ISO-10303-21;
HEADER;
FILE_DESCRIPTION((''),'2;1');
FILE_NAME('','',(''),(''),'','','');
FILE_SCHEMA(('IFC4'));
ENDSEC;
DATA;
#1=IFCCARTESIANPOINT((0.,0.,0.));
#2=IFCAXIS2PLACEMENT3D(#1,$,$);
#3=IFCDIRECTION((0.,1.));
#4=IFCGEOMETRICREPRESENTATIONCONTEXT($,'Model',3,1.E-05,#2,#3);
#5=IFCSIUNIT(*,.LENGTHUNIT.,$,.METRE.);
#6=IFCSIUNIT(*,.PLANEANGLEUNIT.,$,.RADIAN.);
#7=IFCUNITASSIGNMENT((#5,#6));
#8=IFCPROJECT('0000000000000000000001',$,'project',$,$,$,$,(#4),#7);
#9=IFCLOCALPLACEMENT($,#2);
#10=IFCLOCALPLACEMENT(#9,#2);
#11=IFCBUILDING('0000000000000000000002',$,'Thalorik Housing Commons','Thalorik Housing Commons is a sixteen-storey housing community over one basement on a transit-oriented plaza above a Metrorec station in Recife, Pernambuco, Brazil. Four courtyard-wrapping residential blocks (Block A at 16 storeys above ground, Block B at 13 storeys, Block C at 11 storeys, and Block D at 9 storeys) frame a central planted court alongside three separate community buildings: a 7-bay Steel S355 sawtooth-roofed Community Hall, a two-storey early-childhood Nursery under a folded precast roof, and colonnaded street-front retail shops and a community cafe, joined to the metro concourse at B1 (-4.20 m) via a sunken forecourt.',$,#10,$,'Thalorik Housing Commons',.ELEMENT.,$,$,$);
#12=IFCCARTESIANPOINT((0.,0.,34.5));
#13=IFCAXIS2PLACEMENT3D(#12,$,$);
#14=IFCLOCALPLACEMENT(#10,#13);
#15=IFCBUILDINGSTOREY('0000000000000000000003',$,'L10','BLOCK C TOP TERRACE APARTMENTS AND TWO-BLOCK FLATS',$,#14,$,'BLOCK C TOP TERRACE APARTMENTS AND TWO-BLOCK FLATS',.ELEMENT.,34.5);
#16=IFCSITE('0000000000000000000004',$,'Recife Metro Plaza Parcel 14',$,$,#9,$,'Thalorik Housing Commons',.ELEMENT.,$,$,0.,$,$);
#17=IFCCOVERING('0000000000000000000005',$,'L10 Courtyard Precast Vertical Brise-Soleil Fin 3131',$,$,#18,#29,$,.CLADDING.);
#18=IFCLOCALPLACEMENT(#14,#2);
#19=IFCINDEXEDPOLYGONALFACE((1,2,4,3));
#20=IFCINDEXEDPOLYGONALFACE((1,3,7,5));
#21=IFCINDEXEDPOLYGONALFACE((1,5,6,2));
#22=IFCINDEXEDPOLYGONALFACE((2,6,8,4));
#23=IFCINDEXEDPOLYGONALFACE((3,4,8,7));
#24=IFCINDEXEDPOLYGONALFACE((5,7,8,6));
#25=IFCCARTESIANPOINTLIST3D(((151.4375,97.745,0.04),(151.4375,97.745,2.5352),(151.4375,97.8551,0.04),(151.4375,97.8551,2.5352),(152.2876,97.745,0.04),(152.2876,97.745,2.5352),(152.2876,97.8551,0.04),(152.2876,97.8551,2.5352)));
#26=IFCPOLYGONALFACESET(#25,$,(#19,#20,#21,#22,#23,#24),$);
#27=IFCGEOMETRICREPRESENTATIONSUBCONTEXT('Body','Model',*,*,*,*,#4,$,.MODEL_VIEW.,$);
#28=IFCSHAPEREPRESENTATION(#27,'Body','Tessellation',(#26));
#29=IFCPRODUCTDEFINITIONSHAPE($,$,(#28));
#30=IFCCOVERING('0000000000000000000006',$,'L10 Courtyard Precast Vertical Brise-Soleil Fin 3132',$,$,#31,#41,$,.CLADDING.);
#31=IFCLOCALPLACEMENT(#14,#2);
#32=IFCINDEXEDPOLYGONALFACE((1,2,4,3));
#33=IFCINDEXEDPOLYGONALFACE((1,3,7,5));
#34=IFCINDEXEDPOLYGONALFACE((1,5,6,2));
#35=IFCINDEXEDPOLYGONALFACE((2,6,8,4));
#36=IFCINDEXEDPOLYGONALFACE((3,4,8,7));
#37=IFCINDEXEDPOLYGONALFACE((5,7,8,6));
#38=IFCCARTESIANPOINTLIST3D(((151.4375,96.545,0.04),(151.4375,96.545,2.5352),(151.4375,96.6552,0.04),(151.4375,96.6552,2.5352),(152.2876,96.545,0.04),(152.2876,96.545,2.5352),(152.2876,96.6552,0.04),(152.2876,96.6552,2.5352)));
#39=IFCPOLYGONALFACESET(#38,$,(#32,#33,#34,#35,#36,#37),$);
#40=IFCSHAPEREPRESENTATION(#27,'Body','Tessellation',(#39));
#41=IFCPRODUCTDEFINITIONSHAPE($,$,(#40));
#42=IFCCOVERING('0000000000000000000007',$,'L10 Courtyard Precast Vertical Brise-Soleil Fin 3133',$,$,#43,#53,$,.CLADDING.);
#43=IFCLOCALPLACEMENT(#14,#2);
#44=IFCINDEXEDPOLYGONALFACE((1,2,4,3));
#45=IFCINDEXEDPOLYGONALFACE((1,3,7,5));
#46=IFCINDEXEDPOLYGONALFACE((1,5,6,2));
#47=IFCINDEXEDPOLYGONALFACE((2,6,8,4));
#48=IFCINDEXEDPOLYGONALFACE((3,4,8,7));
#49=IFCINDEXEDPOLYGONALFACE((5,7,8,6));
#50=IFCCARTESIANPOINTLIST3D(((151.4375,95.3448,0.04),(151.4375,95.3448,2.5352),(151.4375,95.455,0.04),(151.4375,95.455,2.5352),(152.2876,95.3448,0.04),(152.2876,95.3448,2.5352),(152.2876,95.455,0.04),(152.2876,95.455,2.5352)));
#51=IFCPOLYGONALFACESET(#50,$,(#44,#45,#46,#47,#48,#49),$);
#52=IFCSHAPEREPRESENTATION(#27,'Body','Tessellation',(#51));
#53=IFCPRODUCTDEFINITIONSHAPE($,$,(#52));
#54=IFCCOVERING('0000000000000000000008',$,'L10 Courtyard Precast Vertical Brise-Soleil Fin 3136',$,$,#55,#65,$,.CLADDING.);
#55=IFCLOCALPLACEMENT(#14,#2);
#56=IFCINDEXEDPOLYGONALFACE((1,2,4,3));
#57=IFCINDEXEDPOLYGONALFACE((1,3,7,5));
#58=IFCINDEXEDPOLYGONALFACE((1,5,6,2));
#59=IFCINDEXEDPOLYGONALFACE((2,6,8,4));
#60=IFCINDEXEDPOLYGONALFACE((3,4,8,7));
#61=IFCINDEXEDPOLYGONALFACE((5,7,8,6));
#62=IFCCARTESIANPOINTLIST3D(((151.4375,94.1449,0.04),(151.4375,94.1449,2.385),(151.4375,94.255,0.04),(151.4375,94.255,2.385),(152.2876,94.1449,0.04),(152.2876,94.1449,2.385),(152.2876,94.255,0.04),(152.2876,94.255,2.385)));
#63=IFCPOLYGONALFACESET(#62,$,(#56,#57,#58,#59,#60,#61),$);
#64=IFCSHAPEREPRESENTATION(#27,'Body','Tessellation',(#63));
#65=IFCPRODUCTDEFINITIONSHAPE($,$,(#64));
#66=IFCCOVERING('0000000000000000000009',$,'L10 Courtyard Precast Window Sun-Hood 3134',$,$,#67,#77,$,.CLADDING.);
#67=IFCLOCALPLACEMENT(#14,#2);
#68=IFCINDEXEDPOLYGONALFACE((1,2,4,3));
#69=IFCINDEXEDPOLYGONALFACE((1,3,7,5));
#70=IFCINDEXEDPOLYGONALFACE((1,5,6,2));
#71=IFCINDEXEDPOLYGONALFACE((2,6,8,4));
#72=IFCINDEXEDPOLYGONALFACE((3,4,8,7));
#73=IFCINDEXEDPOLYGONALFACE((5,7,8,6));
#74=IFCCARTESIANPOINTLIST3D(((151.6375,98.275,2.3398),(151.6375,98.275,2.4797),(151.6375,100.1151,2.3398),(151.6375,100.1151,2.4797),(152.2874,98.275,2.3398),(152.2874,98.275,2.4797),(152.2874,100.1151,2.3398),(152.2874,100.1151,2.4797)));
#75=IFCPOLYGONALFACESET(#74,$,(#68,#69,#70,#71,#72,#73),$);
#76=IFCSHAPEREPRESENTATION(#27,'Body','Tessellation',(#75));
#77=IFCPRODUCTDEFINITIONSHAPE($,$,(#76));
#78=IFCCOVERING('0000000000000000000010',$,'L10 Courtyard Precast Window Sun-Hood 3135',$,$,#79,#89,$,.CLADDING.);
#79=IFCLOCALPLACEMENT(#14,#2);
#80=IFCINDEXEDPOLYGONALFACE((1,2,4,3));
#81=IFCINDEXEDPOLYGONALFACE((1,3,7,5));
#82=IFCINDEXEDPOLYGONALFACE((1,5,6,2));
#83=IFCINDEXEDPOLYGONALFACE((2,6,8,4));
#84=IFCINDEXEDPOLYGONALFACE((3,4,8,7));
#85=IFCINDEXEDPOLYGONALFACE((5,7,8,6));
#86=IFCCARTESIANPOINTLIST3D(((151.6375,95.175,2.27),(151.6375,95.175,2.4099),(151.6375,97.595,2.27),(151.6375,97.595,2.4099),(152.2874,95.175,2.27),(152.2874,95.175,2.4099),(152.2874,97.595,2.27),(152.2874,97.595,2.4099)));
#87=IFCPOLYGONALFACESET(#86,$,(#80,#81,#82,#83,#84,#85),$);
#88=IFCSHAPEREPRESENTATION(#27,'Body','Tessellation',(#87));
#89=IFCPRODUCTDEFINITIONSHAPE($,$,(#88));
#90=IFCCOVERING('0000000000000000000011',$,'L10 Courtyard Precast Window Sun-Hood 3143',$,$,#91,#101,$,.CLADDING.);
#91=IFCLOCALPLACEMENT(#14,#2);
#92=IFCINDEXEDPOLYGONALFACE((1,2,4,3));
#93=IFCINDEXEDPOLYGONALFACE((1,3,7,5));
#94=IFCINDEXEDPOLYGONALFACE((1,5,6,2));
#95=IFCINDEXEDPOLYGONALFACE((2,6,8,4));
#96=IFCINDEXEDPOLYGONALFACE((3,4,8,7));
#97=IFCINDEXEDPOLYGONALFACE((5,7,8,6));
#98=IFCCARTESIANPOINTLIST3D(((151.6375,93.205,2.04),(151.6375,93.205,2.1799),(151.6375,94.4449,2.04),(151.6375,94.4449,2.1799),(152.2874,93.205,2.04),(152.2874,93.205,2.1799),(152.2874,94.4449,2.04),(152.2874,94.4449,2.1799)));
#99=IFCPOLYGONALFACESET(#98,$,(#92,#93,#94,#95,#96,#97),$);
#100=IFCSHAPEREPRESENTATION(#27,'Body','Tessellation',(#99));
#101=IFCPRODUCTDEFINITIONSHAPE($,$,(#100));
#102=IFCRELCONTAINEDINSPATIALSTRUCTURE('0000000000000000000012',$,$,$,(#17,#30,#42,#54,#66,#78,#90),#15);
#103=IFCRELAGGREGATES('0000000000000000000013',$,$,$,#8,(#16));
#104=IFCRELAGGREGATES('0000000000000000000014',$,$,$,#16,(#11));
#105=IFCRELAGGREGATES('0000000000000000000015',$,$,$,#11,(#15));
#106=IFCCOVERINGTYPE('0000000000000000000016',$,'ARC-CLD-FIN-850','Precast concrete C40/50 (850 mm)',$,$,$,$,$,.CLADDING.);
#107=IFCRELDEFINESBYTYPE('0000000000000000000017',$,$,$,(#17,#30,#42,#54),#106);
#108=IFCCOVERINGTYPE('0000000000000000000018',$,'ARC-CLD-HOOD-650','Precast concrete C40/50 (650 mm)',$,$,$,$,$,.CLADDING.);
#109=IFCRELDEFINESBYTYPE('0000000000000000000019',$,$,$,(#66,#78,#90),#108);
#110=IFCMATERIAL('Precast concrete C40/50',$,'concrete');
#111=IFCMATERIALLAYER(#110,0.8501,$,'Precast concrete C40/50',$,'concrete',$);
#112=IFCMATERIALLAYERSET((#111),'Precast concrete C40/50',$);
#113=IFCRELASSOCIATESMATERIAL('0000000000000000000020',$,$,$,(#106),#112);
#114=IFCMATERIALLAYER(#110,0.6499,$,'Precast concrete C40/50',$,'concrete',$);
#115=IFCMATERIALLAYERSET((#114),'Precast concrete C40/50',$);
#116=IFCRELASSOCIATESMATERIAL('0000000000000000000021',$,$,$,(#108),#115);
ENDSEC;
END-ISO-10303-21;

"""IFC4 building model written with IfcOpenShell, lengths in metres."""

from ifc_helpers import new_model, si_unit, direction, frame, origin, origin_2d, place, context, subcontext, project, spatial, rectangle, extrude, material, layer, layer_set, type_object, element, save


model = new_model("IFC4")

# Units and contexts
model_context = context("Model", 3, precision=1e-05, world=origin(), true_north=direction((0.0, 1.0)))
body_context = subcontext(model_context, "Body", "Model", "MODEL_VIEW")
ifc_project = project(units=[si_unit("LENGTHUNIT", "METRE"), si_unit("PLANEANGLEUNIT", "RADIAN")], contexts=[model_context])

# Site, building, storey
site_placement = place(None, origin())
site = spatial("IfcSite", under=ifc_project, at=site_placement, Name="Recife Metro Plaza Parcel 14", LongName="Thalorik Housing Commons", CompositionType="ELEMENT", RefElevation=0.0)
building_placement = place(site_placement, origin())
building = spatial("IfcBuilding", under=site, at=building_placement, Name="Thalorik Housing Commons", Description="Thalorik Housing Commons is a sixteen-storey housing community over one basement on a transit-oriented plaza above a Metrorec station in Recife, Pernambuco, Brazil. Four courtyard-wrapping residential blocks (Block A at 16 storeys above ground, Block B at 13 storeys, Block C at 11 storeys, and Block D at 9 storeys) frame a central planted court alongside three separate community buildings: a 7-bay Steel S355 sawtooth-roofed Community Hall, a two-storey early-childhood Nursery under a folded precast roof, and colonnaded street-front retail shops and a community cafe, joined to the metro concourse at B1 (-4.20 m) via a sunken forecourt.", LongName="Thalorik Housing Commons", CompositionType="ELEMENT")
storey_placement = place(building_placement, frame((0.0, 0.0, 34.5)))
storey = spatial("IfcBuildingStorey", under=building, at=storey_placement, Name="L10", Description="BLOCK C TOP TERRACE APARTMENTS AND TWO-BLOCK FLATS", LongName="BLOCK C TOP TERRACE APARTMENTS AND TWO-BLOCK FLATS", CompositionType="ELEMENT", Elevation=34.5)

# Shared definitions
ifc_material_1 = material(Name="Precast concrete C40/50", Category="concrete")

# Coverings
ifc_layer_1 = layer(ifc_material_1, 0.8501, Name="Precast concrete C40/50", Category="concrete")
ifc_layer_set_1 = layer_set([ifc_layer_1], Name="Precast concrete C40/50")
covering_type_1 = type_object("IfcCoveringType", Name="ARC-CLD-FIN-850", Description="Precast concrete C40/50 (850 mm)", PredefinedType="CLADDING", material=ifc_layer_set_1)
for number, where, z_axis, x_axis, name in (
    (1, (151.8625, 97.8, 0.04), (0.0, 0.0, 1.0), (0.0, -1.0, 0.0), "L10 Courtyard Precast Vertical Brise-Soleil Fin 3131"),
    (2, (151.8625, 96.6001, 0.04), (0.0, 0.0, 1.0), (0.0, -1.0, 0.0), "L10 Courtyard Precast Vertical Brise-Soleil Fin 3132"),
    (3, (151.8625, 95.3999, 0.04), (0.0, 0.0, 1.0), (0.0, -1.0, 0.0), "L10 Courtyard Precast Vertical Brise-Soleil Fin 3133"),
):
    element("IfcCovering", number, at=place(storey_placement, frame(where, z_axis=z_axis, x_axis=x_axis)), inside=storey, type_object=covering_type_1, Name=name, PredefinedType="CLADDING", context=body_context, shape_type="SweptSolid", body=[
        extrude(rectangle(XDim=0.1101, YDim=0.8501, at=origin_2d()), origin(), (0.0, 0.0, 1.0), 2.4951),
    ])
covering_1_placement = place(storey_placement, frame((151.8625, 94.2, 0.04), z_axis=(0.0, 0.0, 1.0), x_axis=(0.0, -1.0, 0.0)))
element("IfcCovering", 4, at=covering_1_placement, inside=storey, type_object=covering_type_1, Name="L10 Courtyard Precast Vertical Brise-Soleil Fin 3136", PredefinedType="CLADDING", context=body_context, shape_type="SweptSolid", body=[
    extrude(rectangle(XDim=0.1101, YDim=0.8501, at=origin_2d()), origin(), (0.0, 0.0, 1.0), 2.345),
])
ifc_layer_2 = layer(ifc_material_1, 0.6499, Name="Precast concrete C40/50", Category="concrete")
ifc_layer_set_2 = layer_set([ifc_layer_2], Name="Precast concrete C40/50")
covering_type_2 = type_object("IfcCoveringType", Name="ARC-CLD-HOOD-650", Description="Precast concrete C40/50 (650 mm)", PredefinedType="CLADDING", material=ifc_layer_set_2)
covering_2_placement = place(storey_placement, frame((151.9624, 99.1951, 2.3398), z_axis=(0.0, 0.0, 1.0), x_axis=(0.0, -1.0, 0.0)))
element("IfcCovering", 5, at=covering_2_placement, inside=storey, type_object=covering_type_2, Name="L10 Courtyard Precast Window Sun-Hood 3134", PredefinedType="CLADDING", context=body_context, shape_type="SweptSolid", body=[
    extrude(rectangle(XDim=1.8401, YDim=0.6499, at=origin_2d()), origin(), (0.0, 0.0, 1.0), 0.1399),
])
covering_3_placement = place(storey_placement, frame((151.9624, 96.385, 2.27), z_axis=(0.0, 0.0, 1.0), x_axis=(0.0, -1.0, 0.0)))
element("IfcCovering", 6, at=covering_3_placement, inside=storey, type_object=covering_type_2, Name="L10 Courtyard Precast Window Sun-Hood 3135", PredefinedType="CLADDING", context=body_context, shape_type="SweptSolid", body=[
    extrude(rectangle(XDim=2.4199, YDim=0.6499, at=origin_2d()), origin(), (0.0, 0.0, 1.0), 0.1399),
])
covering_4_placement = place(storey_placement, frame((151.9624, 93.825, 2.04), z_axis=(0.0, 0.0, 1.0), x_axis=(0.0, -1.0, 0.0)))
element("IfcCovering", 7, at=covering_4_placement, inside=storey, type_object=covering_type_2, Name="L10 Courtyard Precast Window Sun-Hood 3143", PredefinedType="CLADDING", context=body_context, shape_type="SweptSolid", body=[
    extrude(rectangle(XDim=1.24, YDim=0.6499, at=origin_2d()), origin(), (0.0, 0.0, 1.0), 0.1399),
])

save(model, "model.ifc")
